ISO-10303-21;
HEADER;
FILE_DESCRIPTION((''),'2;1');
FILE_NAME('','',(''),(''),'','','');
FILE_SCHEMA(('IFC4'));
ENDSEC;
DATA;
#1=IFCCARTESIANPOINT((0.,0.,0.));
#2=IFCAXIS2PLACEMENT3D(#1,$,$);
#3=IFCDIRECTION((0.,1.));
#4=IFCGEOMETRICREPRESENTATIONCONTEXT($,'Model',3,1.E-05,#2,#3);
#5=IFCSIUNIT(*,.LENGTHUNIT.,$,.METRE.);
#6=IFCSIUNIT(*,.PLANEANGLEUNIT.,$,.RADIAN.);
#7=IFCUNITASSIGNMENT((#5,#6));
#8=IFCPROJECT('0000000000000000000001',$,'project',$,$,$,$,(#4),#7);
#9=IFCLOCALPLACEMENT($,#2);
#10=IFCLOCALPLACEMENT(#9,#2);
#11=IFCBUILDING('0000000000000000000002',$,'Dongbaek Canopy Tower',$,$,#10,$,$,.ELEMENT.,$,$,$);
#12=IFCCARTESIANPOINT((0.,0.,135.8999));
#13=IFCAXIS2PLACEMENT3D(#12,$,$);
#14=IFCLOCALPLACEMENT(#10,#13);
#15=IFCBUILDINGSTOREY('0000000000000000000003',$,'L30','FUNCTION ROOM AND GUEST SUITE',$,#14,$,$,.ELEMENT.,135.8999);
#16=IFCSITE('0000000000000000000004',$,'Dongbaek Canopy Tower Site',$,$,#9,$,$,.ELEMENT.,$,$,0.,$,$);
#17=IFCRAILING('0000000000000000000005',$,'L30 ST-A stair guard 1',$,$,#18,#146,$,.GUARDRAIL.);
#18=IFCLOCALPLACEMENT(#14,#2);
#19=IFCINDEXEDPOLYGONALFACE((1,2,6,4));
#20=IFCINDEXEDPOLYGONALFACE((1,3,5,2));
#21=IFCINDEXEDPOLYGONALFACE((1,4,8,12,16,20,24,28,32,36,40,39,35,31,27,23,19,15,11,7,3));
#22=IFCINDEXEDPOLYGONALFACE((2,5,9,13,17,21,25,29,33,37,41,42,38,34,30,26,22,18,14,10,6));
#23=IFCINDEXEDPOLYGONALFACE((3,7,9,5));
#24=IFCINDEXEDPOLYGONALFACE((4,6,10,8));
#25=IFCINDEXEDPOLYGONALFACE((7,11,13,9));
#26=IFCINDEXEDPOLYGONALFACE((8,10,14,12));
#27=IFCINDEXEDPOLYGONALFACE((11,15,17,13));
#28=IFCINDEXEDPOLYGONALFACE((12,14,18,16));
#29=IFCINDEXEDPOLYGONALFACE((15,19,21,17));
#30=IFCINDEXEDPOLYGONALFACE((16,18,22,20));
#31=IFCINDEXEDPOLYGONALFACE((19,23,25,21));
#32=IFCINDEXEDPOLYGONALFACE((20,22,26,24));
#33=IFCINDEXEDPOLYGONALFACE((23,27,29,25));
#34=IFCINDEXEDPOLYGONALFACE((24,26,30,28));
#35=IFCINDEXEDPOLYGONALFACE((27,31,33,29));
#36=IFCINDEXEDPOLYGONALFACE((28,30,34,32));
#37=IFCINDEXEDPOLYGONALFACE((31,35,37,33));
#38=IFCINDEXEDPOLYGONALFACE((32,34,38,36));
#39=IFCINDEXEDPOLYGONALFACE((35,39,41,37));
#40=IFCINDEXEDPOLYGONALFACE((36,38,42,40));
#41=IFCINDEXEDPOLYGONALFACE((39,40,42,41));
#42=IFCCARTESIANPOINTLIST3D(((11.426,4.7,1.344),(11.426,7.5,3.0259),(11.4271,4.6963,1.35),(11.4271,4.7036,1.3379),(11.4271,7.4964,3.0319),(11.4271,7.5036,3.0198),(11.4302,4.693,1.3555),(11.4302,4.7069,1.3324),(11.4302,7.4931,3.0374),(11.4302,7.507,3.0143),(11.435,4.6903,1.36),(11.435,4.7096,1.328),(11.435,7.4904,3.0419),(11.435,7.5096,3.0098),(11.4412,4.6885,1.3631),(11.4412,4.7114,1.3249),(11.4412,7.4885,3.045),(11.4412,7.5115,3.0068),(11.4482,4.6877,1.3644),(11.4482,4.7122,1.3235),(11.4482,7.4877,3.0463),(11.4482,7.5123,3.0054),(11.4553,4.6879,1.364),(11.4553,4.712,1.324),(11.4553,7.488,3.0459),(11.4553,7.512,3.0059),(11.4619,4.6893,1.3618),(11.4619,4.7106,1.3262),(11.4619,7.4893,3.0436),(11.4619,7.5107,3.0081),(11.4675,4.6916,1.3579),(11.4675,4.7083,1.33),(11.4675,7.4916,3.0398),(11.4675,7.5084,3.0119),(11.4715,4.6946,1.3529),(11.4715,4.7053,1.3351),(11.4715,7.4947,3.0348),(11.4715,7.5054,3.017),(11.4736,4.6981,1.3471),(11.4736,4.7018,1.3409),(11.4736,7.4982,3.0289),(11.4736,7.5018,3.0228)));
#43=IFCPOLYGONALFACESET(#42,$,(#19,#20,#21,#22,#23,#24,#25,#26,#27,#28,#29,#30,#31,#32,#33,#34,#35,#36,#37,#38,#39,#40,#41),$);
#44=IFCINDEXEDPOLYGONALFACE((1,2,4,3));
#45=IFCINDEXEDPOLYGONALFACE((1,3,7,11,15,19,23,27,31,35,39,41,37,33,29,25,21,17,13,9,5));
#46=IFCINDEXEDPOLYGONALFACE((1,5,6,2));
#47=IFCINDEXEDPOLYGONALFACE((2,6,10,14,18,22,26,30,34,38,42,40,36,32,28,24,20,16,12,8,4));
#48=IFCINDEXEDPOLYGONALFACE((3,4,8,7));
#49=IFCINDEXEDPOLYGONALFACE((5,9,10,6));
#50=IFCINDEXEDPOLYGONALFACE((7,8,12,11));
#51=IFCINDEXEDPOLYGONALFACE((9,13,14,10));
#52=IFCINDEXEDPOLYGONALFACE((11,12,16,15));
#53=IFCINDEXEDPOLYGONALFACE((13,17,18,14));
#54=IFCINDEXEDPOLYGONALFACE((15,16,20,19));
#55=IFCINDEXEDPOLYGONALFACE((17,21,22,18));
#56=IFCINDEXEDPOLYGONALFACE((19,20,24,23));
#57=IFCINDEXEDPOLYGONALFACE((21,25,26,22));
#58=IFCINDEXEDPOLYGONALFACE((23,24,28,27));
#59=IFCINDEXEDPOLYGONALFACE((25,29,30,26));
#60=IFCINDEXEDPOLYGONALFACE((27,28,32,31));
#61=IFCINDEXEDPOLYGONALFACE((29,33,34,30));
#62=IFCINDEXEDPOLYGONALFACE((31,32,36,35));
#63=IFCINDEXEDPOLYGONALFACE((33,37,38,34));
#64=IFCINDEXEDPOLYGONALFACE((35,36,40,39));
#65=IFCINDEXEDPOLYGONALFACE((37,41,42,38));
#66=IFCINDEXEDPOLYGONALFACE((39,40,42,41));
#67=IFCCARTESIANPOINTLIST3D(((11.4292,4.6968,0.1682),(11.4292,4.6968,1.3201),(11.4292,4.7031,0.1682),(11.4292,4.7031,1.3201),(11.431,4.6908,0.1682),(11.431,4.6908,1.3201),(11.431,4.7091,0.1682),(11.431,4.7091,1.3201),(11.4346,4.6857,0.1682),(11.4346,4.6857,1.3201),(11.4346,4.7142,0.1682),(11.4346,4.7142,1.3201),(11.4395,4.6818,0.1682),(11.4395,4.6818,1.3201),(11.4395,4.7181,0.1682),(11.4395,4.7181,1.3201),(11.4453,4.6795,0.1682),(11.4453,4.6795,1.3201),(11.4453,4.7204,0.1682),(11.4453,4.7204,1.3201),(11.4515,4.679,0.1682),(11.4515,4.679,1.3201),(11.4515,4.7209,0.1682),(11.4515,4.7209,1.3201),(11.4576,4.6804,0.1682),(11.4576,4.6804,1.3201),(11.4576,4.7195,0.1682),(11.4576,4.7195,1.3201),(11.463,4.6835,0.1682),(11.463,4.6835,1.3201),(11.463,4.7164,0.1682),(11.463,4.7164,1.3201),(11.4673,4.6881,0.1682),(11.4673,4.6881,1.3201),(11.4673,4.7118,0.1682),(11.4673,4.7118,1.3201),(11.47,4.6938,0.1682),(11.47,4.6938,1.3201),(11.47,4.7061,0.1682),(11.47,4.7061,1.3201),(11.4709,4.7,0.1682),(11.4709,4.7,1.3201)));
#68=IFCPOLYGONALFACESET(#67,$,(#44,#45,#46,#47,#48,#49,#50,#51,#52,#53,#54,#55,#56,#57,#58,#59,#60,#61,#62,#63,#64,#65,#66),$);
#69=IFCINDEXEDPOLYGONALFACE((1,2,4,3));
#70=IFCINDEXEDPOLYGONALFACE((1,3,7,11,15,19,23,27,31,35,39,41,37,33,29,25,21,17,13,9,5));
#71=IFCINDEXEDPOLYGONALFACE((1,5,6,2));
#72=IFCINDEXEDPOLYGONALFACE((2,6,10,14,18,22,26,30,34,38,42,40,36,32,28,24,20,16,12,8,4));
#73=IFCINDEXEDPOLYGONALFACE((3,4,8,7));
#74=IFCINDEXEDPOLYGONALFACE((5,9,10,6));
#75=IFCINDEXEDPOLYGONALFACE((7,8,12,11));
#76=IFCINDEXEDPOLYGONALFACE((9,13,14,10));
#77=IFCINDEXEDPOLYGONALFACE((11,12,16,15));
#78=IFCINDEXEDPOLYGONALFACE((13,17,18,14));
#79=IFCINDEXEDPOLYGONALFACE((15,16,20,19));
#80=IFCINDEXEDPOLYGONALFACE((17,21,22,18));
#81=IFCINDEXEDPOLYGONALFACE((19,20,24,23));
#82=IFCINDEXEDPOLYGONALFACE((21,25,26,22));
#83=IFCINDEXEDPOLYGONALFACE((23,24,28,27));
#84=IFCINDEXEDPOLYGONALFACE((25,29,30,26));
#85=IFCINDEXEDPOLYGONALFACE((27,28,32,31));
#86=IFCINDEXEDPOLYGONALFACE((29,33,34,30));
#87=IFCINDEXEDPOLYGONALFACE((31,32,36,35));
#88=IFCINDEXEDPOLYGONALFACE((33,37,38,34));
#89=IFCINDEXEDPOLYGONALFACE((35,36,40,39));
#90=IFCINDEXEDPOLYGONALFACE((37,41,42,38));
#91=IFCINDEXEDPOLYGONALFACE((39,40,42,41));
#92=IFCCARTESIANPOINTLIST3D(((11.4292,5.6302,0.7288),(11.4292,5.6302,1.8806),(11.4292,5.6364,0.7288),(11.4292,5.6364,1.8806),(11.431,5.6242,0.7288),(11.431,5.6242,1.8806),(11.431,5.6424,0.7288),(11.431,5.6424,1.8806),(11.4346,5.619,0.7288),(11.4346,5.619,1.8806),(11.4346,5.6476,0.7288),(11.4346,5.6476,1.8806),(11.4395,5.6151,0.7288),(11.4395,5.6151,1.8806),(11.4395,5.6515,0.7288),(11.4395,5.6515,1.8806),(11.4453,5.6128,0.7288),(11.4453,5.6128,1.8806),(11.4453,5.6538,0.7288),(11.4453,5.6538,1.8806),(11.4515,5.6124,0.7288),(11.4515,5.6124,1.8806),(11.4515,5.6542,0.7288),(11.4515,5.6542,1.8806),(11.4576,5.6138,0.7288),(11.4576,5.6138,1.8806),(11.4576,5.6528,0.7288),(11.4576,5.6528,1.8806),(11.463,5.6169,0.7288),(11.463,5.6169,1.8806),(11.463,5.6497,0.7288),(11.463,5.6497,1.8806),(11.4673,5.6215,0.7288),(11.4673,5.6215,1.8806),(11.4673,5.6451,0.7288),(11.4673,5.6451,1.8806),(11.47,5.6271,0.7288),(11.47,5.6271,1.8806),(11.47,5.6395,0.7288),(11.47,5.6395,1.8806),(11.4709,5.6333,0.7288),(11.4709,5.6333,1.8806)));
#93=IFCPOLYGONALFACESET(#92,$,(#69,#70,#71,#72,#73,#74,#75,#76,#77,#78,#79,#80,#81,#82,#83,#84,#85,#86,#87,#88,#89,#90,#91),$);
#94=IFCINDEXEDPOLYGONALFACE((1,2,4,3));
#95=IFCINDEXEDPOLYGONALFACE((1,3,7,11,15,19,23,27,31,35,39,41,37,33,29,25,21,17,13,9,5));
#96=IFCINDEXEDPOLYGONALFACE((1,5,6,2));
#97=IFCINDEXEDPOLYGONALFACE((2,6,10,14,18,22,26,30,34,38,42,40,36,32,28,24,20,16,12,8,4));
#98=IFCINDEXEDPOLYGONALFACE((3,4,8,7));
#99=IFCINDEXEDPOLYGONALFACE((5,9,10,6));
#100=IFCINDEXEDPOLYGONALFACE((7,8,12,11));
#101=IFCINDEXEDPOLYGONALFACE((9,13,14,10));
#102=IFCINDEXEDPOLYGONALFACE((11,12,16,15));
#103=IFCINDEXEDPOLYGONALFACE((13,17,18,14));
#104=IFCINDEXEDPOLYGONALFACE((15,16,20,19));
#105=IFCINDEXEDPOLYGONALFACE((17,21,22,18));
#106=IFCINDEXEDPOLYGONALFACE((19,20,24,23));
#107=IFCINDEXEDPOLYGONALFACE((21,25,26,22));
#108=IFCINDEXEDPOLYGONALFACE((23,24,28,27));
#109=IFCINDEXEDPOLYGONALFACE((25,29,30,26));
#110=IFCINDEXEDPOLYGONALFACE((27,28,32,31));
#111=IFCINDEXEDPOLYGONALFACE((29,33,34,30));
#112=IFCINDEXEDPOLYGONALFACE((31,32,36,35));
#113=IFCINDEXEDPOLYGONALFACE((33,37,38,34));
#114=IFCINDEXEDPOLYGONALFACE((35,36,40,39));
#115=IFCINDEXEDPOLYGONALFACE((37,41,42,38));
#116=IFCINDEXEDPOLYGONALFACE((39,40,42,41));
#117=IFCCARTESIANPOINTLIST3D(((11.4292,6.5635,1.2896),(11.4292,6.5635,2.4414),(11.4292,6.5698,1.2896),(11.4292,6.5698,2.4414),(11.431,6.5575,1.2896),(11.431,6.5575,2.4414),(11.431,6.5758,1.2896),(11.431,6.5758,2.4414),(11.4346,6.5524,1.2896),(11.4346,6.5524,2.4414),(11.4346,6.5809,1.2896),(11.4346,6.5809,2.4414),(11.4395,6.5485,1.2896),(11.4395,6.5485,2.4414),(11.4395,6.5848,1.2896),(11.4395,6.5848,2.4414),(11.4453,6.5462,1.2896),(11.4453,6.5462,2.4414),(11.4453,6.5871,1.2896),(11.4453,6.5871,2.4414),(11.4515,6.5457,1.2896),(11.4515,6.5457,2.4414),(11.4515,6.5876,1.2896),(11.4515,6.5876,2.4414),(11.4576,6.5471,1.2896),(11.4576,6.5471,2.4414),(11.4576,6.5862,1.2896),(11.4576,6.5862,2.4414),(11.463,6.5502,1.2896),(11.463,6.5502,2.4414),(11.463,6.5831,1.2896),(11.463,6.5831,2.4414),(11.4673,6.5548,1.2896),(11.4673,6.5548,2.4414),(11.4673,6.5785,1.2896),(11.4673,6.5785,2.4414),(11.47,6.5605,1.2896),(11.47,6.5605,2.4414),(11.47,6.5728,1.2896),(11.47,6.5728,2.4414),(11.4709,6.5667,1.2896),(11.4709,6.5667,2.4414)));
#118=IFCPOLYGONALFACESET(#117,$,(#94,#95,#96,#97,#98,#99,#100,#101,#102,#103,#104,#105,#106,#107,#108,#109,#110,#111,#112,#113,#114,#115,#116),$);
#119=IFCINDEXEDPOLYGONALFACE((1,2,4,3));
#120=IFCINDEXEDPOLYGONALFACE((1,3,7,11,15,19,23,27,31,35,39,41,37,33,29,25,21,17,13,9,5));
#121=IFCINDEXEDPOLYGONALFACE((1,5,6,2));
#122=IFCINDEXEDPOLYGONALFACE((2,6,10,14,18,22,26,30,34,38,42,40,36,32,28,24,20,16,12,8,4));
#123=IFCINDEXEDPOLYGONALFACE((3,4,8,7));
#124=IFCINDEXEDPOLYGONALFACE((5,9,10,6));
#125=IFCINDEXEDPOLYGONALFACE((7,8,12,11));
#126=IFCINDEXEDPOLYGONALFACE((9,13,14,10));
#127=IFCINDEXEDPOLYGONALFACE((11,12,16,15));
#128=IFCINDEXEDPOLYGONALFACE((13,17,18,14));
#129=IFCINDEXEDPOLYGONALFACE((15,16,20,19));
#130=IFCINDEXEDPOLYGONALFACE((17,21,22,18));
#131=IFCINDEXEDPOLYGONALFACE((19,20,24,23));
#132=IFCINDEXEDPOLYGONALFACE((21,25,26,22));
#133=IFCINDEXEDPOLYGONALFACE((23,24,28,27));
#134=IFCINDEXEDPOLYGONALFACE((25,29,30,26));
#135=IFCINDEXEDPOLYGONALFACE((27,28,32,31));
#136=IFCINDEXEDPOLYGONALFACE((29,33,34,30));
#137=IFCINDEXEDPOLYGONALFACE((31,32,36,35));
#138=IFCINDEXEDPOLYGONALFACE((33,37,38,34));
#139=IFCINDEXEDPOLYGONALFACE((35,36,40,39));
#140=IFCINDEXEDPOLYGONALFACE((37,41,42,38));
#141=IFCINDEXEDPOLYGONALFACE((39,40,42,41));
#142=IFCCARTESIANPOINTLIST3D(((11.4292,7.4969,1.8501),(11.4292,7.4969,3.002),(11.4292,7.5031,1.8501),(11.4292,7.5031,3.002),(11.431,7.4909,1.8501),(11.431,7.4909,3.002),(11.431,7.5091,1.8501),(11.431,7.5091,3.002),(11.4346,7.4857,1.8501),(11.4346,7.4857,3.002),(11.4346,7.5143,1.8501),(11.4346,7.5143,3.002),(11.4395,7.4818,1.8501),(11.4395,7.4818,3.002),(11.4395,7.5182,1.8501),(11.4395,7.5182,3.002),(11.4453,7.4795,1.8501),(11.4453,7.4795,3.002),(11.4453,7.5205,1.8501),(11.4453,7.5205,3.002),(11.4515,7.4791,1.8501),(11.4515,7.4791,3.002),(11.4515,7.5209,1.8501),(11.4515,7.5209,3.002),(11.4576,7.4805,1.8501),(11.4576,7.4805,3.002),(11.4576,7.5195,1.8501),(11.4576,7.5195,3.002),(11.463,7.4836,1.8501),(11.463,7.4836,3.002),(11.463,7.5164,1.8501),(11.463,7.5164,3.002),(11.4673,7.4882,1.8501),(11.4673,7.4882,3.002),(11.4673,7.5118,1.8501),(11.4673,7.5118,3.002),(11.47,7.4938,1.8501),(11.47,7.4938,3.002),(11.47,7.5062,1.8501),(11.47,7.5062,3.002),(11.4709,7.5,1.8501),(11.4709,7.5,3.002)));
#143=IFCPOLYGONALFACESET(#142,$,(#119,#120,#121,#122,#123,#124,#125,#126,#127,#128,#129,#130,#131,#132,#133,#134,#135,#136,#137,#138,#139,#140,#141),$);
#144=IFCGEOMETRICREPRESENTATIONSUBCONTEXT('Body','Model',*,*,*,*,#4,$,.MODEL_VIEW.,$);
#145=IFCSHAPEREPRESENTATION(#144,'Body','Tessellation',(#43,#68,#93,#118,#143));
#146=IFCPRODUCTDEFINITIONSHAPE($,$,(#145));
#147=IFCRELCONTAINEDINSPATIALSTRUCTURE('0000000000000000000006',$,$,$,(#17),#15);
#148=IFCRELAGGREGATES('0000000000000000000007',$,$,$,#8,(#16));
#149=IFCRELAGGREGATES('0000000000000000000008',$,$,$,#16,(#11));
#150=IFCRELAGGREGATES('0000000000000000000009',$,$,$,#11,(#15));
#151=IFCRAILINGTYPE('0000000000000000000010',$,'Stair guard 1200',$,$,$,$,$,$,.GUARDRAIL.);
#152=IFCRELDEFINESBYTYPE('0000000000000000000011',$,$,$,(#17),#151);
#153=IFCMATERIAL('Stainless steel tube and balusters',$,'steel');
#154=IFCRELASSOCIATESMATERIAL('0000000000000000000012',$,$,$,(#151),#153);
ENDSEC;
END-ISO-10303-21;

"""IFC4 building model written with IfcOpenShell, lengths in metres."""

from ifc_helpers import new_model, si_unit, direction, frame, origin, origin_2d, place, context, subcontext, project, spatial, circle, extrude, material, type_object, element, save


model = new_model("IFC4")

# Units and contexts
model_context = context("Model", 3, precision=1e-05, world=origin(), true_north=direction((0.0, 1.0)))
body_context = subcontext(model_context, "Body", "Model", "MODEL_VIEW")
ifc_project = project(units=[si_unit("LENGTHUNIT", "METRE"), si_unit("PLANEANGLEUNIT", "RADIAN")], contexts=[model_context])

# Site, building, storey
site_placement = place(None, origin())
site = spatial("IfcSite", under=ifc_project, at=site_placement, Name="Dongbaek Canopy Tower Site", CompositionType="ELEMENT", RefElevation=0.0)
building_placement = place(site_placement, origin())
building = spatial("IfcBuilding", under=site, at=building_placement, Name="Dongbaek Canopy Tower", CompositionType="ELEMENT")
storey_placement = place(building_placement, frame((0.0, 0.0, 135.8999)))
storey = spatial("IfcBuildingStorey", under=building, at=storey_placement, Name="L30", Description="FUNCTION ROOM AND GUEST SUITE", CompositionType="ELEMENT", Elevation=135.8999)

# Railing
ifc_material_1 = material(Name="Stainless steel tube and balusters", Category="steel")
railing_type_1 = type_object("IfcRailingType", Name="Stair guard 1200", PredefinedType="GUARDRAIL", material=ifc_material_1)
railing_1_placement = place(storey_placement, frame((11.45, 4.7, 0.1682)))
element("IfcRailing", 1, at=railing_1_placement, inside=storey, type_object=railing_type_1, Name="L30 ST-A stair guard 1", PredefinedType="GUARDRAIL", context=body_context, shape_type="SweptSolid", body=[
    extrude(circle(Radius=0.0239, at=origin_2d()), frame((0.0, 0.0, 1.1758), z_axis=(0.0, 0.857242, 0.514913), x_axis=(-1.0, 0.0, 0.0)), (0.0, 0.0, 1.0), 3.2664),
    extrude(circle(Radius=0.021, at=origin_2d()), origin(), (0.0, 0.0, 1.0), 1.1519),
    extrude(circle(Radius=0.021, at=origin_2d()), frame((0.0, 0.9333, 0.5605)), (0.0, 0.0, 1.0), 1.1519),
    extrude(circle(Radius=0.021, at=origin_2d()), frame((0.0, 1.8667, 1.1213)), (0.0, 0.0, 1.0), 1.1519),
    extrude(circle(Radius=0.021, at=origin_2d()), frame((0.0, 2.8, 1.6819)), (0.0, 0.0, 1.0), 1.1519),
])

save(model, "model.ifc")
